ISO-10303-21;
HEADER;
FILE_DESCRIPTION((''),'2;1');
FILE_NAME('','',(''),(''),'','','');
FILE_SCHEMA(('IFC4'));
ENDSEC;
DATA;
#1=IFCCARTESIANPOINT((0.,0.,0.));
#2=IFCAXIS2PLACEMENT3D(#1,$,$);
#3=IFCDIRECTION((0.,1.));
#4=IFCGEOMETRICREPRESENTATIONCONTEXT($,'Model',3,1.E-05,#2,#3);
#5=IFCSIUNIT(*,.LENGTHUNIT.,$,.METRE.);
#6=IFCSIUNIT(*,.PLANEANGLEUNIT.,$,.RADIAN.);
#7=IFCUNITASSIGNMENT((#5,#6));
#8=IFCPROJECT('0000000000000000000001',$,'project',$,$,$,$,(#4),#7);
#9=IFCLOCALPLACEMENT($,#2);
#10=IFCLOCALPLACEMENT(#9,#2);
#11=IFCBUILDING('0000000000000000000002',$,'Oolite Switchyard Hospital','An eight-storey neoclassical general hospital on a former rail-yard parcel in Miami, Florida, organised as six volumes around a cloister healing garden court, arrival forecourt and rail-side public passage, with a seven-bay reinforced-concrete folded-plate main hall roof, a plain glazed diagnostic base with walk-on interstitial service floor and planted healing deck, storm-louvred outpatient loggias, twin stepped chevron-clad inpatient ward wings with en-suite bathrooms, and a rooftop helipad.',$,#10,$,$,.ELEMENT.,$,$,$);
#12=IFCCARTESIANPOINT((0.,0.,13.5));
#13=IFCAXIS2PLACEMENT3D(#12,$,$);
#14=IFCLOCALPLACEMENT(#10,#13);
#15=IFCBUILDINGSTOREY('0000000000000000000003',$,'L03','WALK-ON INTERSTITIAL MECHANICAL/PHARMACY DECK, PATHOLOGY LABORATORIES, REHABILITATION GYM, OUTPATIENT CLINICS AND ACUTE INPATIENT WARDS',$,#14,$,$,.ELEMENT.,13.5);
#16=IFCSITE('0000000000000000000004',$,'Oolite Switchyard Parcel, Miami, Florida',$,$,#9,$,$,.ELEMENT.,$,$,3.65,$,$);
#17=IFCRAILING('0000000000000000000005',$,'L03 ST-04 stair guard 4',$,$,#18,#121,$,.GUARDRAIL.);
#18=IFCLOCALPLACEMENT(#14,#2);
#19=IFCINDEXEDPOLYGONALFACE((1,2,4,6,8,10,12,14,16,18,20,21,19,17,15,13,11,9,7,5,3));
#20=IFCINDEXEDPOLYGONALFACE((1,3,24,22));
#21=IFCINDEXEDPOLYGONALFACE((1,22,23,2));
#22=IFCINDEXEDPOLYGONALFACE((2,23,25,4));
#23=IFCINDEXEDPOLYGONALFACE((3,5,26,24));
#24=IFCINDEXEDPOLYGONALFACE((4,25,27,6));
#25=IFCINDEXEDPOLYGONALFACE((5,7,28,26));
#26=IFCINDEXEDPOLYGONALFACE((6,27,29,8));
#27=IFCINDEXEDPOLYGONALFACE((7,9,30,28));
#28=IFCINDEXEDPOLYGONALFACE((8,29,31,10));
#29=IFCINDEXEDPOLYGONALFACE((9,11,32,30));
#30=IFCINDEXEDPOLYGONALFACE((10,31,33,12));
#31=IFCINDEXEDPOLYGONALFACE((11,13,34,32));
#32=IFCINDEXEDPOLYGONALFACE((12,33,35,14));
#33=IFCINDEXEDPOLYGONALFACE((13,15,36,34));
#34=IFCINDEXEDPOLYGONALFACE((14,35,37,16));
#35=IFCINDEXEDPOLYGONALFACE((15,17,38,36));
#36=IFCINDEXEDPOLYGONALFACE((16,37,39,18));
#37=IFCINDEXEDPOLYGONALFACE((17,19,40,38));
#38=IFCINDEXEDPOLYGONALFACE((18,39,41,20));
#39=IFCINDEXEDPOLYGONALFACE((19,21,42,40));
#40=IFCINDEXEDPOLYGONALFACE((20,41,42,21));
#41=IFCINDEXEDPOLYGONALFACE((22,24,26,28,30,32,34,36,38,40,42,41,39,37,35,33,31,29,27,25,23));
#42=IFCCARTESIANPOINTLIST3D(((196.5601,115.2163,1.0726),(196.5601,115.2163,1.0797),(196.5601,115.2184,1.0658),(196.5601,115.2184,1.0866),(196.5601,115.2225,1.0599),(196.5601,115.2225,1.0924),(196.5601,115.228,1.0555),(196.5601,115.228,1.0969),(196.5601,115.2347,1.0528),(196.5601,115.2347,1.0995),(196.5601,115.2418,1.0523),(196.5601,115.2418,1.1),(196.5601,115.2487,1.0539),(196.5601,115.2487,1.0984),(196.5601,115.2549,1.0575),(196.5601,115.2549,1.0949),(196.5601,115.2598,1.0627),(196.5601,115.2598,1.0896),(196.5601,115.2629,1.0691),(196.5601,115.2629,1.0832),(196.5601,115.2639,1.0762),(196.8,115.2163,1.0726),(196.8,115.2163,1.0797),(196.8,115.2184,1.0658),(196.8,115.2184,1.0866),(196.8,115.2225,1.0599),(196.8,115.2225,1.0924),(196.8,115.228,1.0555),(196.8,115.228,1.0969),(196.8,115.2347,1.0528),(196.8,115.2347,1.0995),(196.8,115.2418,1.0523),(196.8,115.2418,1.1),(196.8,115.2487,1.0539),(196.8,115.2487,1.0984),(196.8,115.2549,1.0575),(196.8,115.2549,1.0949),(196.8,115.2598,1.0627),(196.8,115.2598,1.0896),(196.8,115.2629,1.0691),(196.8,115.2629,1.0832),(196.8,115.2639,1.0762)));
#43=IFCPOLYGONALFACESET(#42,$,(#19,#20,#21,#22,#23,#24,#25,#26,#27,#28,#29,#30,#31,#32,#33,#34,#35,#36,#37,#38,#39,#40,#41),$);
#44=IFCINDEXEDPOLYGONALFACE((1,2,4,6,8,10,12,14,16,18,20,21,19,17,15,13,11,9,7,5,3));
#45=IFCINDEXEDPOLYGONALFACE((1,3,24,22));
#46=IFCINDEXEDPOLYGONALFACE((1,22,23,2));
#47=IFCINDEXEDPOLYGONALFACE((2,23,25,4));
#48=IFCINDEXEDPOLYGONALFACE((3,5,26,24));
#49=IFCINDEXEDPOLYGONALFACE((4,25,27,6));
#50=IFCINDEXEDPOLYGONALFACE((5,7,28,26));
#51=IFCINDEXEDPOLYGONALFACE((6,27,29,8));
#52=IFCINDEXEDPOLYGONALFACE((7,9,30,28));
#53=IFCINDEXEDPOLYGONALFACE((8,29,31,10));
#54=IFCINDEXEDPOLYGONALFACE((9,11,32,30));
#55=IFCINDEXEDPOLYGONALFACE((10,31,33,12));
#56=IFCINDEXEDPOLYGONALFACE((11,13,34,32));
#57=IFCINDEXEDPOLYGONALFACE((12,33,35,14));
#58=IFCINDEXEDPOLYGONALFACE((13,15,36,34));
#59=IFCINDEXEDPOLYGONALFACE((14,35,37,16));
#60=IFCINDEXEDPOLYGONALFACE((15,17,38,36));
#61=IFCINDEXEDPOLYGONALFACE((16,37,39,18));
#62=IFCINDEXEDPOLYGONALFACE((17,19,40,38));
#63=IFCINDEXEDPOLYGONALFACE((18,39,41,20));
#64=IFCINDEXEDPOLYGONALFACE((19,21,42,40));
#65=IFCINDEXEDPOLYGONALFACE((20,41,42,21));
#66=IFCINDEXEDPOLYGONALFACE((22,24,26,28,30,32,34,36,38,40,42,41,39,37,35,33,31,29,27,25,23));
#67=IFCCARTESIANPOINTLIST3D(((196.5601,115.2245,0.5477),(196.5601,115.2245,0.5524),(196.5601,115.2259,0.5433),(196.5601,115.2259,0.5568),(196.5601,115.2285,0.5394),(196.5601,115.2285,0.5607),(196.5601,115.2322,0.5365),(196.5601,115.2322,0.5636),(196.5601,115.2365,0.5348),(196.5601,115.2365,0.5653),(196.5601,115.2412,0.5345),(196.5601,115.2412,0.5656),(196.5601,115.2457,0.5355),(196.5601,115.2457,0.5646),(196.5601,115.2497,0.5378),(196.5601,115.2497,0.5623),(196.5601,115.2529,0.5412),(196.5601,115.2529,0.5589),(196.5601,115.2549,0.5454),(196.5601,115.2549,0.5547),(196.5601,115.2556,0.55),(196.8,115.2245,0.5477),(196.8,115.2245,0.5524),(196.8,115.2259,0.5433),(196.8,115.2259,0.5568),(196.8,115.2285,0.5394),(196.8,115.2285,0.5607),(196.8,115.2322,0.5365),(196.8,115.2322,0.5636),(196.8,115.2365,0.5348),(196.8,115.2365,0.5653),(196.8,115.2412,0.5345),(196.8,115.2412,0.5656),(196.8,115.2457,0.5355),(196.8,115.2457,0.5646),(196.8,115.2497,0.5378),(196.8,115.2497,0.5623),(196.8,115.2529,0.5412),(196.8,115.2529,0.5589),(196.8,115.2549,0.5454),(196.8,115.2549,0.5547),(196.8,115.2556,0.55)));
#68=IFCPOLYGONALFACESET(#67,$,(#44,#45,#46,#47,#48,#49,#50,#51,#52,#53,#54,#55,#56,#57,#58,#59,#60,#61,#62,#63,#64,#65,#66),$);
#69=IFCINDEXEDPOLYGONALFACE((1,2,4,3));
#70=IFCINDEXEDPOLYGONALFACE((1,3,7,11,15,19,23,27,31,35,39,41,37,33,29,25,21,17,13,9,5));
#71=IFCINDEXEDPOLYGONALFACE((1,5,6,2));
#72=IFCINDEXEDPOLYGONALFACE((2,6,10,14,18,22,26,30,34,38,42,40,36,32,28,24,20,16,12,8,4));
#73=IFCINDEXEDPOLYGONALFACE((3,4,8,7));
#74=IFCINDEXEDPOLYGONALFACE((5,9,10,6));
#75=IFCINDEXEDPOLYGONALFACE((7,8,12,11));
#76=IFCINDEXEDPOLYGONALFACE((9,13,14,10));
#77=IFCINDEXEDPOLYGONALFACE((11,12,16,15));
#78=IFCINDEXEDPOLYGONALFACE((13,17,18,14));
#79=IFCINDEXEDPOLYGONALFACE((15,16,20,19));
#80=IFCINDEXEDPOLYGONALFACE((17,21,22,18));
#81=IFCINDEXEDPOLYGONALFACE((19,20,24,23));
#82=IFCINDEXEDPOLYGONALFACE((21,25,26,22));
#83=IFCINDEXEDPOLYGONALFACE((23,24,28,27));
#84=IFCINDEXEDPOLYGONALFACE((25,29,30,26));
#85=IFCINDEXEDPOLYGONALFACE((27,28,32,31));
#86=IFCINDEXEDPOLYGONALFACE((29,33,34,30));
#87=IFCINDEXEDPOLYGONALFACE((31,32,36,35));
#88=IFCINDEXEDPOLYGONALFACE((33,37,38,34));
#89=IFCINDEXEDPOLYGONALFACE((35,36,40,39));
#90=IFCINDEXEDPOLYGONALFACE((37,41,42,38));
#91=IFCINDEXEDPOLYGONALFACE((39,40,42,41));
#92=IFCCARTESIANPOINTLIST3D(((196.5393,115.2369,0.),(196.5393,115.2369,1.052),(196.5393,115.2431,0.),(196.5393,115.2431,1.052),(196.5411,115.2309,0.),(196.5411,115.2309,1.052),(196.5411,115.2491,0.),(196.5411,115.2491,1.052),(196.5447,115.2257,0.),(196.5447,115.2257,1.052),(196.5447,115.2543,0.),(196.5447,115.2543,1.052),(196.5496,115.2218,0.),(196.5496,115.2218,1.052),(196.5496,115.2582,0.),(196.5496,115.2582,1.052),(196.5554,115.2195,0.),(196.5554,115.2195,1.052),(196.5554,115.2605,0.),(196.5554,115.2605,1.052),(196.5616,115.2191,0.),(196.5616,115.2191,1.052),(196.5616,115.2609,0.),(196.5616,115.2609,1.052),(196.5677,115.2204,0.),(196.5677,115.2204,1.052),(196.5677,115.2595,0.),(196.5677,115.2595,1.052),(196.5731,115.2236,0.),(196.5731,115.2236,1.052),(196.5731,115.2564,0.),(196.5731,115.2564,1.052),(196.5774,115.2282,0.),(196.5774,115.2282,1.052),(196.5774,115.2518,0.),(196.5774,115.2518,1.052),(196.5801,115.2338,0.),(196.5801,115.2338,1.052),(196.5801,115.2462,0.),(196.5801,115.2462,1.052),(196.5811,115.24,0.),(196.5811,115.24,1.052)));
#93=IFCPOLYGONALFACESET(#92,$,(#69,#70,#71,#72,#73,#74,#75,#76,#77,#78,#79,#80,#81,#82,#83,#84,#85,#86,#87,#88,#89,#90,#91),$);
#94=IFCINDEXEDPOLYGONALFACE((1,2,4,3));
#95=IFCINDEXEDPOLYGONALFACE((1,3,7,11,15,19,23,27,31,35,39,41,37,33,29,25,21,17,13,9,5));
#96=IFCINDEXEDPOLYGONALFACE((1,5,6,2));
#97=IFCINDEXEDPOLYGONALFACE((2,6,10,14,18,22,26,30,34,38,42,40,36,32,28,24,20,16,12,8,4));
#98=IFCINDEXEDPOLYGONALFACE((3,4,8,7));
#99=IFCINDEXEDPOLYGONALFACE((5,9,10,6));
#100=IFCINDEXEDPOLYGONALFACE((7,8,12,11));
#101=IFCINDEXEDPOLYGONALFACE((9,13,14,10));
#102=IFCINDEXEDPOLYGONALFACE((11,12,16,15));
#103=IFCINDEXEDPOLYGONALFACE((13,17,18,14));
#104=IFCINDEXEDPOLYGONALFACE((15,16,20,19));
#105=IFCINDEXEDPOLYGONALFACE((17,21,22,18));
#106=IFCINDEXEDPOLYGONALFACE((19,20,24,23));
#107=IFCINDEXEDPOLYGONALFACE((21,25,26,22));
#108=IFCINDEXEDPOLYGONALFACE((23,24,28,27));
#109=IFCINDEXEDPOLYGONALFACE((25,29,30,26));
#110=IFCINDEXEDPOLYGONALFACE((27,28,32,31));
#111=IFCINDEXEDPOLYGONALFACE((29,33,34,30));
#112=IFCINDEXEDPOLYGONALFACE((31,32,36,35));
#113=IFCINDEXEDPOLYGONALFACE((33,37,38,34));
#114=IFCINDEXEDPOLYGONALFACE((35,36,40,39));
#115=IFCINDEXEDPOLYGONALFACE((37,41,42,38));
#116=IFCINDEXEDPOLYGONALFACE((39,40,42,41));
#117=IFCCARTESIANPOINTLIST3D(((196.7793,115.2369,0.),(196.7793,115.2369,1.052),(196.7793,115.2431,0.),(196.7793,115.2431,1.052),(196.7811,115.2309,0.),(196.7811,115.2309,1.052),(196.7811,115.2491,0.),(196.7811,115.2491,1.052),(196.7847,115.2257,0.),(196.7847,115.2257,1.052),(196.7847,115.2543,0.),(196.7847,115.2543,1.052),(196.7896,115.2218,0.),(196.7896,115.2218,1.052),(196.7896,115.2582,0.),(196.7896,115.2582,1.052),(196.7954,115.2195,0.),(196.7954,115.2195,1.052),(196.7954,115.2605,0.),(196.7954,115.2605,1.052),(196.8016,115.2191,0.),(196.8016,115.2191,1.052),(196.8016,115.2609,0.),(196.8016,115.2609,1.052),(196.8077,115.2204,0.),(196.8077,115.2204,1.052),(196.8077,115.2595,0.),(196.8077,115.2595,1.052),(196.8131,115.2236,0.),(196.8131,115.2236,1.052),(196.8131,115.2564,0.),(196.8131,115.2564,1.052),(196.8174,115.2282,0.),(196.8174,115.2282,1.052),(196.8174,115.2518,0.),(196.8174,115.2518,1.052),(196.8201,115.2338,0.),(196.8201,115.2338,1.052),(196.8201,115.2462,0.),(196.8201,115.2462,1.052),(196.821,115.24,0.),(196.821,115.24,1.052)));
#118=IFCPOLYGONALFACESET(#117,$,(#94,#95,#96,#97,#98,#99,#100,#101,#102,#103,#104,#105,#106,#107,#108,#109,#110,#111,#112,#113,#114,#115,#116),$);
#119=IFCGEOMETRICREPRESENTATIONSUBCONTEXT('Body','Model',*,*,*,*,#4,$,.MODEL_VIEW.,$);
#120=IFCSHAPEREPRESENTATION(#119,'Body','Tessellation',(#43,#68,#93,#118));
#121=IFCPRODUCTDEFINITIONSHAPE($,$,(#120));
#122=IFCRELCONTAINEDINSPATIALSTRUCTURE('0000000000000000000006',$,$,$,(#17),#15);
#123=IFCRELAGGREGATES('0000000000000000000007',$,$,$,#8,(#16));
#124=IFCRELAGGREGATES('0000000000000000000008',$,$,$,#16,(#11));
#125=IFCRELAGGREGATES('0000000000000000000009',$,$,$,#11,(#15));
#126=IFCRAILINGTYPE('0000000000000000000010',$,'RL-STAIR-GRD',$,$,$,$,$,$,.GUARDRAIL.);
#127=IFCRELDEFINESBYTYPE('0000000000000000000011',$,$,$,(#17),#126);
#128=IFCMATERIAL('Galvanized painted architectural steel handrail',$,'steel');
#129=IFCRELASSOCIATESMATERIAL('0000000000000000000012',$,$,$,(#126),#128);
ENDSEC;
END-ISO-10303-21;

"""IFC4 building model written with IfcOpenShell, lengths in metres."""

from ifc_helpers import new_model, si_unit, direction, frame, origin, origin_2d, place, context, subcontext, project, spatial, circle, extrude, material, type_object, element, save


model = new_model("IFC4")

# Units and contexts
model_context = context("Model", 3, precision=1e-05, world=origin(), true_north=direction((0.0, 1.0)))
body_context = subcontext(model_context, "Body", "Model", "MODEL_VIEW")
ifc_project = project(units=[si_unit("LENGTHUNIT", "METRE"), si_unit("PLANEANGLEUNIT", "RADIAN")], contexts=[model_context])

# Site, building, storey
site_placement = place(None, origin())
site = spatial("IfcSite", under=ifc_project, at=site_placement, Name="Oolite Switchyard Parcel, Miami, Florida", CompositionType="ELEMENT", RefElevation=3.65)
building_placement = place(site_placement, origin())
building = spatial("IfcBuilding", under=site, at=building_placement, Name="Oolite Switchyard Hospital", Description="An eight-storey neoclassical general hospital on a former rail-yard parcel in Miami, Florida, organised as six volumes around a cloister healing garden court, arrival forecourt and rail-side public passage, with a seven-bay reinforced-concrete folded-plate main hall roof, a plain glazed diagnostic base with walk-on interstitial service floor and planted healing deck, storm-louvred outpatient loggias, twin stepped chevron-clad inpatient ward wings with en-suite bathrooms, and a rooftop helipad.", CompositionType="ELEMENT")
storey_placement = place(building_placement, frame((0.0, 0.0, 13.5)))
storey = spatial("IfcBuildingStorey", under=building, at=storey_placement, Name="L03", Description="WALK-ON INTERSTITIAL MECHANICAL/PHARMACY DECK, PATHOLOGY LABORATORIES, REHABILITATION GYM, OUTPATIENT CLINICS AND ACUTE INPATIENT WARDS", CompositionType="ELEMENT", Elevation=13.5)

# Railing
ifc_material_1 = material(Name="Galvanized painted architectural steel handrail", Category="steel")
railing_type_1 = type_object("IfcRailingType", Name="RL-STAIR-GRD", PredefinedType="GUARDRAIL", material=ifc_material_1)
railing_1_placement = place(storey_placement, frame((196.5601, 115.24, 0.0)))
element("IfcRailing", 1, at=railing_1_placement, inside=storey, type_object=railing_type_1, Name="L03 ST-04 stair guard 4", PredefinedType="GUARDRAIL", context=body_context, shape_type="SweptSolid", body=[
    extrude(circle(Radius=0.0239, at=origin_2d()), frame((0.0, 0.0, 1.0762), z_axis=(1.0, 0.0, 0.0), x_axis=(0.0, 1.0, 0.0)), (0.0, 0.0, 1.0), 0.24),
    extrude(circle(Radius=0.0156, at=origin_2d()), frame((0.0, 0.0, 0.55), z_axis=(1.0, 0.0, 0.0), x_axis=(0.0, 1.0, 0.0)), (0.0, 0.0, 1.0), 0.24),
    extrude(circle(Radius=0.021, at=origin_2d()), origin(), (0.0, 0.0, 1.0), 1.052),
    extrude(circle(Radius=0.021, at=origin_2d()), frame((0.24, 0.0, 0.0)), (0.0, 0.0, 1.0), 1.052),
])

save(model, "model.ifc")
